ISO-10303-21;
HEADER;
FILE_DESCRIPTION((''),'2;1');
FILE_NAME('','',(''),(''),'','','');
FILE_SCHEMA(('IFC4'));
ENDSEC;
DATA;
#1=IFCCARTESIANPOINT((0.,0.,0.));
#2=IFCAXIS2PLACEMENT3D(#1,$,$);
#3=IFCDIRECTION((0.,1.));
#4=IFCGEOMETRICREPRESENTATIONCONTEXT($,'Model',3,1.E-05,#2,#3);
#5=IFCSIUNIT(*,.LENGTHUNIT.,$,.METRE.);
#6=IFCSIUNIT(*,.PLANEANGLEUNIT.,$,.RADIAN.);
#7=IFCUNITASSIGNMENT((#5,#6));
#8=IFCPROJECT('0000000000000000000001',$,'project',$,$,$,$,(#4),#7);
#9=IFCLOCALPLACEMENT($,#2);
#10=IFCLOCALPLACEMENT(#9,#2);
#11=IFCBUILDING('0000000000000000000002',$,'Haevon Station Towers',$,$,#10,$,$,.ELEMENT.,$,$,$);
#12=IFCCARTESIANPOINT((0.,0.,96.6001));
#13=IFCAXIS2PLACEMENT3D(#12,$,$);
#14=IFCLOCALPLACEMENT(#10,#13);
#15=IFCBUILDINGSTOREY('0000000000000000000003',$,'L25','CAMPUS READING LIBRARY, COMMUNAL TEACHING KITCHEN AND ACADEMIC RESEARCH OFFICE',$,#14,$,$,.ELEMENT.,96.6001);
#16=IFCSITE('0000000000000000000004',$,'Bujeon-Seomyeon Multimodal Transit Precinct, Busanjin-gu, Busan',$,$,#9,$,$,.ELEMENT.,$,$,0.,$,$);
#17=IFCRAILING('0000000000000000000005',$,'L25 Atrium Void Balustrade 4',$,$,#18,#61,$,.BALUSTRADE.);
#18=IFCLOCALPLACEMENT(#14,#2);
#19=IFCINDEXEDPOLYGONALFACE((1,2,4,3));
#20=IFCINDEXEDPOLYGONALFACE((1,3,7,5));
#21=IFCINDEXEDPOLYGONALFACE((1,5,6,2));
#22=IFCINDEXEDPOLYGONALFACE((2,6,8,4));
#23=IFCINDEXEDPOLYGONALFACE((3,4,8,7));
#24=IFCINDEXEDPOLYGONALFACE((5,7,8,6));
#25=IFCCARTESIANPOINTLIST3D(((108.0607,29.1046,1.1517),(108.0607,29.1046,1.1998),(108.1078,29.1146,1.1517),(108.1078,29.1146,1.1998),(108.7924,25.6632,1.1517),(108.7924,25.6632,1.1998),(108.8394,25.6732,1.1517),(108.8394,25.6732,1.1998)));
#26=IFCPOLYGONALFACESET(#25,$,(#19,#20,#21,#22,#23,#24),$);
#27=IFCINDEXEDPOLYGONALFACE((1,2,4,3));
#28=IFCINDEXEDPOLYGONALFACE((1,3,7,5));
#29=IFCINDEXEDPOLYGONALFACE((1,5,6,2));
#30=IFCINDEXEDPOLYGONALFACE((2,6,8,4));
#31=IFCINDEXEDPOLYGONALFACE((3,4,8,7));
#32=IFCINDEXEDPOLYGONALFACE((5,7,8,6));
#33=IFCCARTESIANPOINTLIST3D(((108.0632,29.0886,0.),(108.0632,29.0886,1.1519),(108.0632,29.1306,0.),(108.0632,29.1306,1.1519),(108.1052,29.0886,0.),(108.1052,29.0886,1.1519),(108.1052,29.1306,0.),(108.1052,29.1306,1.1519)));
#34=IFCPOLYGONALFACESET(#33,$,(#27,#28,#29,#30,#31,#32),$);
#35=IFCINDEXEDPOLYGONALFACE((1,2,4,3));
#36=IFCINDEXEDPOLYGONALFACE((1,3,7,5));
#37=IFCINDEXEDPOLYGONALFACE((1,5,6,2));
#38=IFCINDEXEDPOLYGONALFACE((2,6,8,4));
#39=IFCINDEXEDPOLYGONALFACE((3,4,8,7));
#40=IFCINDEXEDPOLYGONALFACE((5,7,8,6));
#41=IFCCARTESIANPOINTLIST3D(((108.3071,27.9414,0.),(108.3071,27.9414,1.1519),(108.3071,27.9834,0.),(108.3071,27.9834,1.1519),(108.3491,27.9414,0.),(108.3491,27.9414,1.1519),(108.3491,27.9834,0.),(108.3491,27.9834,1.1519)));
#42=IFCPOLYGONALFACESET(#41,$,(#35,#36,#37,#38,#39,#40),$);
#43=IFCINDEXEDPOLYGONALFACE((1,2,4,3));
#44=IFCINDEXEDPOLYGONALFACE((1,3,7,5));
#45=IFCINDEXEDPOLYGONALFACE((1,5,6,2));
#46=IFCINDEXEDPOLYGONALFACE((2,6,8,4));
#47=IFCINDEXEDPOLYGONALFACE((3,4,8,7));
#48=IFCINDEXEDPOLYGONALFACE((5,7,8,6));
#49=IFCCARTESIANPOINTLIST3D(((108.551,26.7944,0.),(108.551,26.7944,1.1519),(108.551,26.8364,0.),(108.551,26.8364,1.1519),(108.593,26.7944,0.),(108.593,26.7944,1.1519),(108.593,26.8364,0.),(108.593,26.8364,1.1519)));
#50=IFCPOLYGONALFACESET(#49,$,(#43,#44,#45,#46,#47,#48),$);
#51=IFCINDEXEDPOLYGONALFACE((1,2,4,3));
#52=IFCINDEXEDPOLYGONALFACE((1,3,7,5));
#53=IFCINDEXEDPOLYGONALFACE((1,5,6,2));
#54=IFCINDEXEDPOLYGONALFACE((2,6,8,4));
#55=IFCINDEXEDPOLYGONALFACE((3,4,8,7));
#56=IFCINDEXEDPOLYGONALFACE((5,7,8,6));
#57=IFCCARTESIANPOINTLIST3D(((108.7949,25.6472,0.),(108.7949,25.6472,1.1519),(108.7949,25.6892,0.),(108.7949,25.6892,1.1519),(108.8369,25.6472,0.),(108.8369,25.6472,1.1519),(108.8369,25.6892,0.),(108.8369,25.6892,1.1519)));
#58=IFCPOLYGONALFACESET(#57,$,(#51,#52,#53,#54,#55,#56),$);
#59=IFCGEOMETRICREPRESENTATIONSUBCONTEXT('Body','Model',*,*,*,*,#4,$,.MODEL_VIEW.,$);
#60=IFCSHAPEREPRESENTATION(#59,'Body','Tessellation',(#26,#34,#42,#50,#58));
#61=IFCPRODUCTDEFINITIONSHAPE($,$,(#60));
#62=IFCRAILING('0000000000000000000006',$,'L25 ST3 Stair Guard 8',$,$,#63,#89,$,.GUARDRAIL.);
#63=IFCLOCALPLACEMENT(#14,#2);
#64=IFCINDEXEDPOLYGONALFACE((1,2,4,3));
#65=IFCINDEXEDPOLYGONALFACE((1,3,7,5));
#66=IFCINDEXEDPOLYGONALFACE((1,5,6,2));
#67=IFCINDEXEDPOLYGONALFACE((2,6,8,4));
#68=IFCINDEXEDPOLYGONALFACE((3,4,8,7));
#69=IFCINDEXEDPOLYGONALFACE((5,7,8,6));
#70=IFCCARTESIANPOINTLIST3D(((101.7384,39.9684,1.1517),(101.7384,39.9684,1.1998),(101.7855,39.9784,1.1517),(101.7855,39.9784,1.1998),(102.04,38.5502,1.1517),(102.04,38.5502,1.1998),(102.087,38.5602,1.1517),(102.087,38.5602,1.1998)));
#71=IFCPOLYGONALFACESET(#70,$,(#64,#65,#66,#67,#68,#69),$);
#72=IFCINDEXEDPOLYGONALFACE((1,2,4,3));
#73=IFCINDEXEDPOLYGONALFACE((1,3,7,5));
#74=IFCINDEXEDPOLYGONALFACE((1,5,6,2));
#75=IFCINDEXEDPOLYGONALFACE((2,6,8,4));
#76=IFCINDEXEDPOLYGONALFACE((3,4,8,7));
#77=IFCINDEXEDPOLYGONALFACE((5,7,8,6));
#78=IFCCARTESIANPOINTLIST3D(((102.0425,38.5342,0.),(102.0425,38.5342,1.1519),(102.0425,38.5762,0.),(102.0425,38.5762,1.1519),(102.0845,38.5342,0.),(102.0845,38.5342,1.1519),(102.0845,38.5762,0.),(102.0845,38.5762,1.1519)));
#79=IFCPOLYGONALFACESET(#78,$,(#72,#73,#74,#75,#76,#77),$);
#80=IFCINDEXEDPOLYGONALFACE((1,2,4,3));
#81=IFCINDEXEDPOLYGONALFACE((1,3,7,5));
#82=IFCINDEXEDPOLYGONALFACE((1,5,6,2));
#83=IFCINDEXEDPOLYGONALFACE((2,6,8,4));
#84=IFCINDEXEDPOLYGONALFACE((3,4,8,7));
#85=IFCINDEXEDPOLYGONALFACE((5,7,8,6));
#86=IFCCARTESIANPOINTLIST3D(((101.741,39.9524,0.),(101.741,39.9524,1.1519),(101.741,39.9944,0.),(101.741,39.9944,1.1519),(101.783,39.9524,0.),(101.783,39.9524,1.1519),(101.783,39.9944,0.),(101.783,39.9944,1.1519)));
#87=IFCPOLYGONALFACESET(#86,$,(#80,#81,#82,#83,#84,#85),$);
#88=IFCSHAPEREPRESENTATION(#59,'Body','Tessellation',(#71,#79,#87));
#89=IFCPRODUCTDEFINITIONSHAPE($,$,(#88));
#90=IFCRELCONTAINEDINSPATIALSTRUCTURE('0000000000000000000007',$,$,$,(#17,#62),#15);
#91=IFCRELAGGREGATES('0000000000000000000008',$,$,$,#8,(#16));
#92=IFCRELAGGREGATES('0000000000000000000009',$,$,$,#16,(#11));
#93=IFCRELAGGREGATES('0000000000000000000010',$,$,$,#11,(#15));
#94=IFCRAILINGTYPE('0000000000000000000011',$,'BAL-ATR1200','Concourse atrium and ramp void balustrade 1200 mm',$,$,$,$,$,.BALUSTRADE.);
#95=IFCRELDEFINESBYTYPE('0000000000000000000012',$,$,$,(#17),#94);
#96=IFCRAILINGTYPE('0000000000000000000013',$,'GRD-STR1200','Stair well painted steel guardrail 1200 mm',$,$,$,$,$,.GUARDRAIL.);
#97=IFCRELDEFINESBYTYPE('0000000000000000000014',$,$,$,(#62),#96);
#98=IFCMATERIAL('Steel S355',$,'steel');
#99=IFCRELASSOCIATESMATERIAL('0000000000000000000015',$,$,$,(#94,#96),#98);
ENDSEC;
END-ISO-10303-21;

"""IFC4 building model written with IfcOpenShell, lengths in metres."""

from ifc_helpers import new_model, si_unit, direction, frame, origin, origin_2d, place, context, subcontext, project, spatial, rectangle, extrude, material, type_object, element, save


model = new_model("IFC4")

# Units and contexts
model_context = context("Model", 3, precision=1e-05, world=origin(), true_north=direction((0.0, 1.0)))
body_context = subcontext(model_context, "Body", "Model", "MODEL_VIEW")
ifc_project = project(units=[si_unit("LENGTHUNIT", "METRE"), si_unit("PLANEANGLEUNIT", "RADIAN")], contexts=[model_context])

# Site, building, storey
site_placement = place(None, origin())
site = spatial("IfcSite", under=ifc_project, at=site_placement, Name="Bujeon-Seomyeon Multimodal Transit Precinct, Busanjin-gu, Busan", CompositionType="ELEMENT", RefElevation=0.0)
building_placement = place(site_placement, origin())
building = spatial("IfcBuilding", under=site, at=building_placement, Name="Haevon Station Towers", CompositionType="ELEMENT")
storey_placement = place(building_placement, frame((0.0, 0.0, 96.6001)))
storey = spatial("IfcBuildingStorey", under=building, at=storey_placement, Name="L25", Description="CAMPUS READING LIBRARY, COMMUNAL TEACHING KITCHEN AND ACADEMIC RESEARCH OFFICE", CompositionType="ELEMENT", Elevation=96.6001)

# Shared definitions
ifc_material_1 = material(Name="Steel S355", Category="steel")

# Railings
railing_type_1 = type_object("IfcRailingType", Name="BAL-ATR1200", Description="Concourse atrium and ramp void balustrade 1200 mm", PredefinedType="BALUSTRADE", material=ifc_material_1)
railing_1_placement = place(storey_placement, frame((108.0842, 29.1096, 0.0)))
element("IfcRailing", 1, at=railing_1_placement, inside=storey, type_object=railing_type_1, Name="L25 Atrium Void Balustrade 4", PredefinedType="BALUSTRADE", context=body_context, shape_type="SweptSolid", body=[
    extrude(rectangle(XDim=0.0481, YDim=0.0481, at=origin_2d()), frame((0.0, 0.0, 1.1758), z_axis=(0.207965, -0.978136, 0.0), x_axis=(0.978136, 0.207965, 0.0)), (0.0, 0.0, 1.0), 3.5183),
    extrude(rectangle(XDim=0.042, YDim=0.042, at=origin_2d()), origin(), (0.0, 0.0, 1.0), 1.1519),
    extrude(rectangle(XDim=0.042, YDim=0.042, at=origin_2d()), frame((0.2439, -1.1472, 0.0)), (0.0, 0.0, 1.0), 1.1519),
    extrude(rectangle(XDim=0.042, YDim=0.042, at=origin_2d()), frame((0.4878, -2.2942, 0.0)), (0.0, 0.0, 1.0), 1.1519),
    extrude(rectangle(XDim=0.042, YDim=0.042, at=origin_2d()), frame((0.7317, -3.4414, 0.0)), (0.0, 0.0, 1.0), 1.1519),
])
railing_type_2 = type_object("IfcRailingType", Name="GRD-STR1200", Description="Stair well painted steel guardrail 1200 mm", PredefinedType="GUARDRAIL", material=ifc_material_1)
railing_2_placement = place(storey_placement, frame((102.0635, 38.5552, 0.0)))
element("IfcRailing", 2, at=railing_2_placement, inside=storey, type_object=railing_type_2, Name="L25 ST3 Stair Guard 8", PredefinedType="GUARDRAIL", context=body_context, shape_type="SweptSolid", body=[
    extrude(rectangle(XDim=0.0481, YDim=0.0481, at=origin_2d()), frame((0.0, 0.0, 1.1758), z_axis=(-0.207953, 0.978139, 0.0), x_axis=(-0.978139, -0.207953, 0.0)), (0.0, 0.0, 1.0), 1.45),
    extrude(rectangle(XDim=0.042, YDim=0.042, at=origin_2d()), origin(), (0.0, 0.0, 1.0), 1.1519),
    extrude(rectangle(XDim=0.042, YDim=0.042, at=origin_2d()), frame((-0.3015, 1.4182, 0.0)), (0.0, 0.0, 1.0), 1.1519),
])

save(model, "model.ifc")
